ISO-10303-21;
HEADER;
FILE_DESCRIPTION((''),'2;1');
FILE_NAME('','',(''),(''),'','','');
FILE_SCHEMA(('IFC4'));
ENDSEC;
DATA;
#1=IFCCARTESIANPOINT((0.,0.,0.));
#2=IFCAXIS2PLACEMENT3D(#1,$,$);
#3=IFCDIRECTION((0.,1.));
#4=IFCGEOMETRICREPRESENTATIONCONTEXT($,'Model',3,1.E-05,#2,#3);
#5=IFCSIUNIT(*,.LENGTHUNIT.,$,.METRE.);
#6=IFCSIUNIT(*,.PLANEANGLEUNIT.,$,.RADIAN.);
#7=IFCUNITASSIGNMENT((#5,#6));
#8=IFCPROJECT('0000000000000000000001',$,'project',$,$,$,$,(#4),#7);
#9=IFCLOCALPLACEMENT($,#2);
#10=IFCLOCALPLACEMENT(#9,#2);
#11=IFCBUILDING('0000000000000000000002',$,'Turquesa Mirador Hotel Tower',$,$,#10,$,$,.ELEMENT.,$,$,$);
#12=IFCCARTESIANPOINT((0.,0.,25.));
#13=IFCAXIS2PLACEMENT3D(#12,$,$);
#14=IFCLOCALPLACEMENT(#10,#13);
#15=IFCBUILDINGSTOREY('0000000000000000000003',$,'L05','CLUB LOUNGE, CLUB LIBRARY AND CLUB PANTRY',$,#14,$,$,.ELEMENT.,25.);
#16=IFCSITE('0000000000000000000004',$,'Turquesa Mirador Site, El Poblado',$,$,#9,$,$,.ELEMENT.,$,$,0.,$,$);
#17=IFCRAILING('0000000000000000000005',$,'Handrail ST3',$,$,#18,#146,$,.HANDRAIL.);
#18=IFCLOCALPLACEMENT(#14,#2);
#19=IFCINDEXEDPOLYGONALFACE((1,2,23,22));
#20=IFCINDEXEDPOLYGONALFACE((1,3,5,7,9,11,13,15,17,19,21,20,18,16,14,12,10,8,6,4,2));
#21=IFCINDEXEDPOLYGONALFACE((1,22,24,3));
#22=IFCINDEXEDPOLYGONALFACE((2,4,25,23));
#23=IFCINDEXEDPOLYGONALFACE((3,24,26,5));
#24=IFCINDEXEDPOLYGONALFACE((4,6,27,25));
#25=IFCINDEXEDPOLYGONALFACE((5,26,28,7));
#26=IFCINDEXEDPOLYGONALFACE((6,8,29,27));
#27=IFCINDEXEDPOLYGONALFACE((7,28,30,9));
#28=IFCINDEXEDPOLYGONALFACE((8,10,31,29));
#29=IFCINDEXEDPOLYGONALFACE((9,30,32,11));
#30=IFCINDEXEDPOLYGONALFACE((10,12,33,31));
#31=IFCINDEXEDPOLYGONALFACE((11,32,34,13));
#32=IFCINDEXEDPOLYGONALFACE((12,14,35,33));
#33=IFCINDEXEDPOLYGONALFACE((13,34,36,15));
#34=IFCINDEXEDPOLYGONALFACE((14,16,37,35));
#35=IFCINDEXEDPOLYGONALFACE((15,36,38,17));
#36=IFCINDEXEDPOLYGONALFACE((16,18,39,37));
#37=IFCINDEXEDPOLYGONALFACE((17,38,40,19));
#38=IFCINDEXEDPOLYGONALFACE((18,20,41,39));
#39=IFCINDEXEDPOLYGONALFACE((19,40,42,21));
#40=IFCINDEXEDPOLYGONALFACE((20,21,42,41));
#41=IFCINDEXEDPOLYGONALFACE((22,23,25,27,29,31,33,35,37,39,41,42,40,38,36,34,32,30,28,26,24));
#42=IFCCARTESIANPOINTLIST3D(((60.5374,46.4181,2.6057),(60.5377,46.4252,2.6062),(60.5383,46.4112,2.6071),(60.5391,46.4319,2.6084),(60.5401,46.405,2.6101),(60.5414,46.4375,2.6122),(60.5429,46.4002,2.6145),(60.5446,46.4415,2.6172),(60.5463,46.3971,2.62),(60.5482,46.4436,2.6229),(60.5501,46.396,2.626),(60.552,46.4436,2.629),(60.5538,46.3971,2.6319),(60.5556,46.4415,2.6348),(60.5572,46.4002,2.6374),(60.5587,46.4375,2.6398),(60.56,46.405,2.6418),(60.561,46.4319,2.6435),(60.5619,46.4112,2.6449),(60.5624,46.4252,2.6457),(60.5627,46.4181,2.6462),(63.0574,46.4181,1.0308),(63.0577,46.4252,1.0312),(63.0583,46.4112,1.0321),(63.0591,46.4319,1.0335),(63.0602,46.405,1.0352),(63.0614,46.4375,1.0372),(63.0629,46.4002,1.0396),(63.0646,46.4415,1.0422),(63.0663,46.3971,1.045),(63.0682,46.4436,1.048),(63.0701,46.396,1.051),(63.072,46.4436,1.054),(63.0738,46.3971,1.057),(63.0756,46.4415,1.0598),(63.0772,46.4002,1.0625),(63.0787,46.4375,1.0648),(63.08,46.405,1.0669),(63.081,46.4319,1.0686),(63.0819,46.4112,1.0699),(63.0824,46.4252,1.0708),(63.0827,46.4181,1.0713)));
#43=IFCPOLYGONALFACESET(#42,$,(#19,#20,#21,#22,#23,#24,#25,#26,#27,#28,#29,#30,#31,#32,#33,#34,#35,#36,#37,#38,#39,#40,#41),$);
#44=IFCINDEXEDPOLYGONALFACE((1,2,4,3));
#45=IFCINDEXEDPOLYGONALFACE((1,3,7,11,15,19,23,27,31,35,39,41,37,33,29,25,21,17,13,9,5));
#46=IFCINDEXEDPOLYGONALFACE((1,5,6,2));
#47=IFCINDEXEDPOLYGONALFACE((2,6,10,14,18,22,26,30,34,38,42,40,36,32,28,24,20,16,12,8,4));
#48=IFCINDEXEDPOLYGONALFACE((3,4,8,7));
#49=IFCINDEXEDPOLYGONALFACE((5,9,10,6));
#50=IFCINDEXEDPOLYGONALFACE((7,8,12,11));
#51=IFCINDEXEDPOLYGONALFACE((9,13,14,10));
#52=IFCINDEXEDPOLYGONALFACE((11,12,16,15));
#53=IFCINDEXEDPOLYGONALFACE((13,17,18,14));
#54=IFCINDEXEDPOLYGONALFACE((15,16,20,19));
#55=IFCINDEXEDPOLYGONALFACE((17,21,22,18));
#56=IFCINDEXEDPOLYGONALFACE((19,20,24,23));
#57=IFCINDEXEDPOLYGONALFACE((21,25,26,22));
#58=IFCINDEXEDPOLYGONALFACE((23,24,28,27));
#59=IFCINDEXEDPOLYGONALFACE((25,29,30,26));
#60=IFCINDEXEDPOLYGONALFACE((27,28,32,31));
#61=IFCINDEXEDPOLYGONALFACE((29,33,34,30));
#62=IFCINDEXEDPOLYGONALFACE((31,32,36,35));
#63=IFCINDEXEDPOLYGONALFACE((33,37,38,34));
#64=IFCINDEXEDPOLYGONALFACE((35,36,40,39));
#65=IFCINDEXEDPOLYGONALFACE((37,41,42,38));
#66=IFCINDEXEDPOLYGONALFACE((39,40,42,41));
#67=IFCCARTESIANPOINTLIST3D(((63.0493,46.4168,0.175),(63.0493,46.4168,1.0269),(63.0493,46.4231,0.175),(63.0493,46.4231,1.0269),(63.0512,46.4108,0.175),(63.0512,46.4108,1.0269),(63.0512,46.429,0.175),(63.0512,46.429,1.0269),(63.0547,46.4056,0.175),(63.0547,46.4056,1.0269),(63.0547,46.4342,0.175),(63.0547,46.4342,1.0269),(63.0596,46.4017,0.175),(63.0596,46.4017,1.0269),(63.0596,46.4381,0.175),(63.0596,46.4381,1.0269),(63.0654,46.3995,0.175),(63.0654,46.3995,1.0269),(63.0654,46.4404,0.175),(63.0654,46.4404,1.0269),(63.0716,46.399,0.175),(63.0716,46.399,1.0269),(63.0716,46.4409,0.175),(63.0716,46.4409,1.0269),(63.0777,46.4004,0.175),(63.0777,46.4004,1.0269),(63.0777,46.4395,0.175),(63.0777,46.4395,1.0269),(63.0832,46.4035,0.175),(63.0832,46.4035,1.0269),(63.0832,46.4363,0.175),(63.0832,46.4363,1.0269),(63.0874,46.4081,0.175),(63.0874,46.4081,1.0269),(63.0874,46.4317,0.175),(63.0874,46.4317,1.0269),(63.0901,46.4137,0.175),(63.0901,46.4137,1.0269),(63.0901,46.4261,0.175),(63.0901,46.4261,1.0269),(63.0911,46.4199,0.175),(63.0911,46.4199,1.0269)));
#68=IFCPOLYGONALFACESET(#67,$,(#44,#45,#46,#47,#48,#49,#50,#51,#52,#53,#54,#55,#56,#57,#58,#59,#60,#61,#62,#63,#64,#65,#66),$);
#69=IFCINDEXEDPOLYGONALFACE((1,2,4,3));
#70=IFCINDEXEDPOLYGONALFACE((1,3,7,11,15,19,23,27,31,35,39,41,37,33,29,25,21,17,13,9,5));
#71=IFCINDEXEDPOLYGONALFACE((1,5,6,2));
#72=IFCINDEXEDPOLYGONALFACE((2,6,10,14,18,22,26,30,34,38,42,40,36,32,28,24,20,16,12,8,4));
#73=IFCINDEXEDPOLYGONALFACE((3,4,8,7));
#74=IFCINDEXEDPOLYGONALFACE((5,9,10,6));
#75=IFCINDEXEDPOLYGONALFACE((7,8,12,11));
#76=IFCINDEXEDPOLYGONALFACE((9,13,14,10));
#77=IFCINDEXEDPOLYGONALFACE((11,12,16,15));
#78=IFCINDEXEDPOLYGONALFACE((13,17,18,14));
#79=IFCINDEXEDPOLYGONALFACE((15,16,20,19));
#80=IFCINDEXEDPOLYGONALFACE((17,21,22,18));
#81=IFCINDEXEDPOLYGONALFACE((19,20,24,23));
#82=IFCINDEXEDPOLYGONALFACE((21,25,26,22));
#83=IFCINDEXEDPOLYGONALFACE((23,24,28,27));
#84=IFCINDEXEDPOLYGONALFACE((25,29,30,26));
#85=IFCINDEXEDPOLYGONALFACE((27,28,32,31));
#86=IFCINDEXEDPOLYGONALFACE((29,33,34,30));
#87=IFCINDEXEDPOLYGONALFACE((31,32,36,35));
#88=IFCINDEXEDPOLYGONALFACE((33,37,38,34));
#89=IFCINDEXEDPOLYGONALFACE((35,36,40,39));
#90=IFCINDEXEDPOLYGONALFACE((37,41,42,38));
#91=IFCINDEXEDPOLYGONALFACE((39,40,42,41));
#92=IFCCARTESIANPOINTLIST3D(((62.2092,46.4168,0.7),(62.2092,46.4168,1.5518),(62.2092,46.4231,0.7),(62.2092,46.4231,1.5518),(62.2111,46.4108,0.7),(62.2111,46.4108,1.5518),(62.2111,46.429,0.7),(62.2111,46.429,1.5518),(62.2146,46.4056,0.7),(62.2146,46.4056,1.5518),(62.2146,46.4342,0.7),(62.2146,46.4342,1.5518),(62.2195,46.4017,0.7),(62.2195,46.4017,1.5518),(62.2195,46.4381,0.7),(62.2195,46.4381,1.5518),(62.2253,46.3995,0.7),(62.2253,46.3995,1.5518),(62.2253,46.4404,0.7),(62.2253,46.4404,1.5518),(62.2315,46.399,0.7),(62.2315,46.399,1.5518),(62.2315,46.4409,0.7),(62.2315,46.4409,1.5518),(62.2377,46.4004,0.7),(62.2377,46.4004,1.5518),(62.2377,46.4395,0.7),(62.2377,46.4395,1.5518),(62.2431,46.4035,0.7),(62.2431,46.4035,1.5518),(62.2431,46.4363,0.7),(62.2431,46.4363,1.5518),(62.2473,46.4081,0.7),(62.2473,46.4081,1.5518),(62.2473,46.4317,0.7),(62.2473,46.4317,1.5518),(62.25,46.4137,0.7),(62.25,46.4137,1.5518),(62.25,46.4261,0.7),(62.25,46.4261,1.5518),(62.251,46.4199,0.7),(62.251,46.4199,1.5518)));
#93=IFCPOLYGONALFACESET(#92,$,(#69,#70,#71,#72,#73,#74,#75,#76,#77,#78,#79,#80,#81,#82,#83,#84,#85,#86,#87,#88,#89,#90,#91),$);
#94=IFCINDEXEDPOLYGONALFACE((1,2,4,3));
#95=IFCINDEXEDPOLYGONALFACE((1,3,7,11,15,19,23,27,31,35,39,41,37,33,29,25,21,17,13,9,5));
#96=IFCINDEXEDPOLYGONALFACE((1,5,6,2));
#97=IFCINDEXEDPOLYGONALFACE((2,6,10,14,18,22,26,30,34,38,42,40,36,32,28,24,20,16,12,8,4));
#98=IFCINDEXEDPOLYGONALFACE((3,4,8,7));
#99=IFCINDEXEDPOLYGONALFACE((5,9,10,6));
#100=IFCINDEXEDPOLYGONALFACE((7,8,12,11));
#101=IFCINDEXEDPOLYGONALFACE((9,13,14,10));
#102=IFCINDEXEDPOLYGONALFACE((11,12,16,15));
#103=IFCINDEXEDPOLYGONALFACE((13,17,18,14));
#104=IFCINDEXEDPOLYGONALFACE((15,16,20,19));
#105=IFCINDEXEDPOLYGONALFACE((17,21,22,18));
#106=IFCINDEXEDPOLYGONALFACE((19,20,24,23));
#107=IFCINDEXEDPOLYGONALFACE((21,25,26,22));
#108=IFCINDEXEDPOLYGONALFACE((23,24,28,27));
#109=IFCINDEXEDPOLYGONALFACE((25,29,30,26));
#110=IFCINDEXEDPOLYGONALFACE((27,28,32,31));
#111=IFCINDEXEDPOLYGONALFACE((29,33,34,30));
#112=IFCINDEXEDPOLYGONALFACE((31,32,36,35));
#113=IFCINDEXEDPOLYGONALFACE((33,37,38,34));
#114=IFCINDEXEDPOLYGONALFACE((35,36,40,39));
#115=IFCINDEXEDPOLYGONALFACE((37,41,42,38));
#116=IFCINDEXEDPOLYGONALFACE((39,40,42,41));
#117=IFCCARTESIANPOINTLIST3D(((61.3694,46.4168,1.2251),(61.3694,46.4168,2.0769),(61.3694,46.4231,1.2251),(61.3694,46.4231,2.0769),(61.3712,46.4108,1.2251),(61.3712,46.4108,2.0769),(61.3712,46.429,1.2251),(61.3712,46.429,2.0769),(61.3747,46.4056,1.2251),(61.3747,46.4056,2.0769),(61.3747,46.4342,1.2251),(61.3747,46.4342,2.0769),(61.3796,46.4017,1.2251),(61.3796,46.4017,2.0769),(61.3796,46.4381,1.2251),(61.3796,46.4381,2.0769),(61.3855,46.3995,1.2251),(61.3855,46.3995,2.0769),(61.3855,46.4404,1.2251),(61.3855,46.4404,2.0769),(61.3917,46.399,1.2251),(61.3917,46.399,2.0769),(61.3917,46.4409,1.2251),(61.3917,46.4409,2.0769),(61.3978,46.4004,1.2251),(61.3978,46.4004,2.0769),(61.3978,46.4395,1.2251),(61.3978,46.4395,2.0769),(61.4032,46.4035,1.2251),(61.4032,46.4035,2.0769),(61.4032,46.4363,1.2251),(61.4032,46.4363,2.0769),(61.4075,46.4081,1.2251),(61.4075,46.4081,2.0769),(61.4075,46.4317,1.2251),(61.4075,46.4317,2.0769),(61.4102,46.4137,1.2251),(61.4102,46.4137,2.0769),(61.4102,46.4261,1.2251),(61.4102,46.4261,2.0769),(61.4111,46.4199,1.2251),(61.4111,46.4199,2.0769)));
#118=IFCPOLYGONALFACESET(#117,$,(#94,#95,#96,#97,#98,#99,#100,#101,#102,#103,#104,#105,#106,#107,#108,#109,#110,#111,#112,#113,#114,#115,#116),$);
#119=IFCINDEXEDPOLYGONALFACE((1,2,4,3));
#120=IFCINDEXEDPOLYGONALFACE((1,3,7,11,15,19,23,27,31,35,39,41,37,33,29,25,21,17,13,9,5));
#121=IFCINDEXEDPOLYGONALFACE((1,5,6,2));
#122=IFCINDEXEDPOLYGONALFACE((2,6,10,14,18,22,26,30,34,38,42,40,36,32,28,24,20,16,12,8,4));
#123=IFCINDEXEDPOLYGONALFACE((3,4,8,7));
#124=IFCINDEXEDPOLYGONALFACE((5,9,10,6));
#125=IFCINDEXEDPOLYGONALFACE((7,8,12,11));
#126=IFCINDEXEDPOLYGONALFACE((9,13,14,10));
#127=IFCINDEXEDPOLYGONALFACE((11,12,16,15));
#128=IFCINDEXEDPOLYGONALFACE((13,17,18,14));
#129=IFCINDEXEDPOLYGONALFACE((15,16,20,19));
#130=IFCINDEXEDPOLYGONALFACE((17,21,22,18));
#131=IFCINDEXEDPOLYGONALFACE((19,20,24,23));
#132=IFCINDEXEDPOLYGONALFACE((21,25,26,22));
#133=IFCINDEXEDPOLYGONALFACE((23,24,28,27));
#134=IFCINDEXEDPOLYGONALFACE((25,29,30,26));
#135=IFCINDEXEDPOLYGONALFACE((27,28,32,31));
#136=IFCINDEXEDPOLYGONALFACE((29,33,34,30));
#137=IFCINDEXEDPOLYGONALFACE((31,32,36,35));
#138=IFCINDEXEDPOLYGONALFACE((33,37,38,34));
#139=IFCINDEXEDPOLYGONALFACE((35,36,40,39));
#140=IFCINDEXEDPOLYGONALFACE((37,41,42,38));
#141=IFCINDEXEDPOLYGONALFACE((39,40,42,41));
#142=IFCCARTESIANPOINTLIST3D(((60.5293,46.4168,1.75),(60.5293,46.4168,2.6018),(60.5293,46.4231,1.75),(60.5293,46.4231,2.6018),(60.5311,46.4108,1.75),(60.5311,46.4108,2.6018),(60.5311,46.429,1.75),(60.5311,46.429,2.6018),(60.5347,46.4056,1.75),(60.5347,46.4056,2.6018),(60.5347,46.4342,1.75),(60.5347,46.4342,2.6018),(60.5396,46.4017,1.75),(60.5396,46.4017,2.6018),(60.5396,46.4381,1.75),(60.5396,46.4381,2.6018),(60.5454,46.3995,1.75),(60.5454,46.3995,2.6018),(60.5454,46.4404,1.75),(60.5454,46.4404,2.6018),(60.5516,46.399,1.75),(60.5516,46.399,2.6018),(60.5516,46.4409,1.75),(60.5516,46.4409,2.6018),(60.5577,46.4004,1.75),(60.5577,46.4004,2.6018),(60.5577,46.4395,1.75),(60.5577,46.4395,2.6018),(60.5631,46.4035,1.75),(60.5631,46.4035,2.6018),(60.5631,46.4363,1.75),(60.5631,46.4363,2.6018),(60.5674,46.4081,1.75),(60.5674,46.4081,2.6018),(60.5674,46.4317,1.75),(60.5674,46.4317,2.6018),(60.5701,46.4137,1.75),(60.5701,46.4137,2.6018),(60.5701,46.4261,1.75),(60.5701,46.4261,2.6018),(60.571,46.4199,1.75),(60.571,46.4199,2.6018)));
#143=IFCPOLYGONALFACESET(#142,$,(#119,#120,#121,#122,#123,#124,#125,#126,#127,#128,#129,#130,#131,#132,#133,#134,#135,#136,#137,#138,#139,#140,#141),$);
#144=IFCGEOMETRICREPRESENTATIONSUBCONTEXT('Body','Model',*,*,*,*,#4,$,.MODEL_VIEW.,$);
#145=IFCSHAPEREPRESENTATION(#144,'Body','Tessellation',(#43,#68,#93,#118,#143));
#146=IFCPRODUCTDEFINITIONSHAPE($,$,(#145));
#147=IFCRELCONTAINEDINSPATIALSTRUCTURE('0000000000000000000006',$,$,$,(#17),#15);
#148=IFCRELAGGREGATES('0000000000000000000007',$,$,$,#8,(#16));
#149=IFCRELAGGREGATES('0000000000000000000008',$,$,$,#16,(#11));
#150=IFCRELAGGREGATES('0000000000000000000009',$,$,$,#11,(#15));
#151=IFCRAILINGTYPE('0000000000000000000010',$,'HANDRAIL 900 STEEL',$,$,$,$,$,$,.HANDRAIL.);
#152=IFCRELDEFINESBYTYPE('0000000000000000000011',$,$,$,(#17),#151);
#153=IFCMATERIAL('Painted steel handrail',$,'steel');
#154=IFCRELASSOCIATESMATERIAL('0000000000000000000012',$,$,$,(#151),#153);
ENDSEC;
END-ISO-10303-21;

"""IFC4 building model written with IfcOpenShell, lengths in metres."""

from ifc_helpers import new_model, si_unit, direction, frame, origin, origin_2d, place, context, subcontext, project, spatial, circle, extrude, material, type_object, element, save


model = new_model("IFC4")

# Units and contexts
model_context = context("Model", 3, precision=1e-05, world=origin(), true_north=direction((0.0, 1.0)))
body_context = subcontext(model_context, "Body", "Model", "MODEL_VIEW")
ifc_project = project(units=[si_unit("LENGTHUNIT", "METRE"), si_unit("PLANEANGLEUNIT", "RADIAN")], contexts=[model_context])

# Site, building, storey
site_placement = place(None, origin())
site = spatial("IfcSite", under=ifc_project, at=site_placement, Name="Turquesa Mirador Site, El Poblado", CompositionType="ELEMENT", RefElevation=0.0)
building_placement = place(site_placement, origin())
building = spatial("IfcBuilding", under=site, at=building_placement, Name="Turquesa Mirador Hotel Tower", CompositionType="ELEMENT")
storey_placement = place(building_placement, frame((0.0, 0.0, 25.0)))
storey = spatial("IfcBuildingStorey", under=building, at=storey_placement, Name="L05", Description="CLUB LOUNGE, CLUB LIBRARY AND CLUB PANTRY", CompositionType="ELEMENT", Elevation=25.0)

# Railing
ifc_material_1 = material(Name="Painted steel handrail", Category="steel")
railing_type = type_object("IfcRailingType", Name="HANDRAIL 900 STEEL", PredefinedType="HANDRAIL", material=ifc_material_1)
railing_1_placement = place(storey_placement, frame((63.0701, 46.4199, 0.175)))
element("IfcRailing", 1, at=railing_1_placement, inside=storey, type_object=railing_type, Name="Handrail ST3", PredefinedType="HANDRAIL", context=body_context, shape_type="SweptSolid", body=[
    extrude(circle(Radius=0.0239, at=origin_2d()), frame((0.0, 0.0, 0.876), z_axis=(-0.848008, 0.0, 0.529984), x_axis=(0.0, -1.0, 0.0)), (0.0, 0.0, 1.0), 2.9717),
    extrude(circle(Radius=0.021, at=origin_2d()), origin(), (0.0, 0.0, 1.0), 0.8518),
    extrude(circle(Radius=0.021, at=origin_2d()), frame((-0.8401, 0.0, 0.5249)), (0.0, 0.0, 1.0), 0.8518),
    extrude(circle(Radius=0.021, at=origin_2d()), frame((-1.6799, 0.0, 1.05)), (0.0, 0.0, 1.0), 0.8518),
    extrude(circle(Radius=0.021, at=origin_2d()), frame((-2.52, 0.0, 1.575)), (0.0, 0.0, 1.0), 0.8518),
])

save(model, "model.ifc")
